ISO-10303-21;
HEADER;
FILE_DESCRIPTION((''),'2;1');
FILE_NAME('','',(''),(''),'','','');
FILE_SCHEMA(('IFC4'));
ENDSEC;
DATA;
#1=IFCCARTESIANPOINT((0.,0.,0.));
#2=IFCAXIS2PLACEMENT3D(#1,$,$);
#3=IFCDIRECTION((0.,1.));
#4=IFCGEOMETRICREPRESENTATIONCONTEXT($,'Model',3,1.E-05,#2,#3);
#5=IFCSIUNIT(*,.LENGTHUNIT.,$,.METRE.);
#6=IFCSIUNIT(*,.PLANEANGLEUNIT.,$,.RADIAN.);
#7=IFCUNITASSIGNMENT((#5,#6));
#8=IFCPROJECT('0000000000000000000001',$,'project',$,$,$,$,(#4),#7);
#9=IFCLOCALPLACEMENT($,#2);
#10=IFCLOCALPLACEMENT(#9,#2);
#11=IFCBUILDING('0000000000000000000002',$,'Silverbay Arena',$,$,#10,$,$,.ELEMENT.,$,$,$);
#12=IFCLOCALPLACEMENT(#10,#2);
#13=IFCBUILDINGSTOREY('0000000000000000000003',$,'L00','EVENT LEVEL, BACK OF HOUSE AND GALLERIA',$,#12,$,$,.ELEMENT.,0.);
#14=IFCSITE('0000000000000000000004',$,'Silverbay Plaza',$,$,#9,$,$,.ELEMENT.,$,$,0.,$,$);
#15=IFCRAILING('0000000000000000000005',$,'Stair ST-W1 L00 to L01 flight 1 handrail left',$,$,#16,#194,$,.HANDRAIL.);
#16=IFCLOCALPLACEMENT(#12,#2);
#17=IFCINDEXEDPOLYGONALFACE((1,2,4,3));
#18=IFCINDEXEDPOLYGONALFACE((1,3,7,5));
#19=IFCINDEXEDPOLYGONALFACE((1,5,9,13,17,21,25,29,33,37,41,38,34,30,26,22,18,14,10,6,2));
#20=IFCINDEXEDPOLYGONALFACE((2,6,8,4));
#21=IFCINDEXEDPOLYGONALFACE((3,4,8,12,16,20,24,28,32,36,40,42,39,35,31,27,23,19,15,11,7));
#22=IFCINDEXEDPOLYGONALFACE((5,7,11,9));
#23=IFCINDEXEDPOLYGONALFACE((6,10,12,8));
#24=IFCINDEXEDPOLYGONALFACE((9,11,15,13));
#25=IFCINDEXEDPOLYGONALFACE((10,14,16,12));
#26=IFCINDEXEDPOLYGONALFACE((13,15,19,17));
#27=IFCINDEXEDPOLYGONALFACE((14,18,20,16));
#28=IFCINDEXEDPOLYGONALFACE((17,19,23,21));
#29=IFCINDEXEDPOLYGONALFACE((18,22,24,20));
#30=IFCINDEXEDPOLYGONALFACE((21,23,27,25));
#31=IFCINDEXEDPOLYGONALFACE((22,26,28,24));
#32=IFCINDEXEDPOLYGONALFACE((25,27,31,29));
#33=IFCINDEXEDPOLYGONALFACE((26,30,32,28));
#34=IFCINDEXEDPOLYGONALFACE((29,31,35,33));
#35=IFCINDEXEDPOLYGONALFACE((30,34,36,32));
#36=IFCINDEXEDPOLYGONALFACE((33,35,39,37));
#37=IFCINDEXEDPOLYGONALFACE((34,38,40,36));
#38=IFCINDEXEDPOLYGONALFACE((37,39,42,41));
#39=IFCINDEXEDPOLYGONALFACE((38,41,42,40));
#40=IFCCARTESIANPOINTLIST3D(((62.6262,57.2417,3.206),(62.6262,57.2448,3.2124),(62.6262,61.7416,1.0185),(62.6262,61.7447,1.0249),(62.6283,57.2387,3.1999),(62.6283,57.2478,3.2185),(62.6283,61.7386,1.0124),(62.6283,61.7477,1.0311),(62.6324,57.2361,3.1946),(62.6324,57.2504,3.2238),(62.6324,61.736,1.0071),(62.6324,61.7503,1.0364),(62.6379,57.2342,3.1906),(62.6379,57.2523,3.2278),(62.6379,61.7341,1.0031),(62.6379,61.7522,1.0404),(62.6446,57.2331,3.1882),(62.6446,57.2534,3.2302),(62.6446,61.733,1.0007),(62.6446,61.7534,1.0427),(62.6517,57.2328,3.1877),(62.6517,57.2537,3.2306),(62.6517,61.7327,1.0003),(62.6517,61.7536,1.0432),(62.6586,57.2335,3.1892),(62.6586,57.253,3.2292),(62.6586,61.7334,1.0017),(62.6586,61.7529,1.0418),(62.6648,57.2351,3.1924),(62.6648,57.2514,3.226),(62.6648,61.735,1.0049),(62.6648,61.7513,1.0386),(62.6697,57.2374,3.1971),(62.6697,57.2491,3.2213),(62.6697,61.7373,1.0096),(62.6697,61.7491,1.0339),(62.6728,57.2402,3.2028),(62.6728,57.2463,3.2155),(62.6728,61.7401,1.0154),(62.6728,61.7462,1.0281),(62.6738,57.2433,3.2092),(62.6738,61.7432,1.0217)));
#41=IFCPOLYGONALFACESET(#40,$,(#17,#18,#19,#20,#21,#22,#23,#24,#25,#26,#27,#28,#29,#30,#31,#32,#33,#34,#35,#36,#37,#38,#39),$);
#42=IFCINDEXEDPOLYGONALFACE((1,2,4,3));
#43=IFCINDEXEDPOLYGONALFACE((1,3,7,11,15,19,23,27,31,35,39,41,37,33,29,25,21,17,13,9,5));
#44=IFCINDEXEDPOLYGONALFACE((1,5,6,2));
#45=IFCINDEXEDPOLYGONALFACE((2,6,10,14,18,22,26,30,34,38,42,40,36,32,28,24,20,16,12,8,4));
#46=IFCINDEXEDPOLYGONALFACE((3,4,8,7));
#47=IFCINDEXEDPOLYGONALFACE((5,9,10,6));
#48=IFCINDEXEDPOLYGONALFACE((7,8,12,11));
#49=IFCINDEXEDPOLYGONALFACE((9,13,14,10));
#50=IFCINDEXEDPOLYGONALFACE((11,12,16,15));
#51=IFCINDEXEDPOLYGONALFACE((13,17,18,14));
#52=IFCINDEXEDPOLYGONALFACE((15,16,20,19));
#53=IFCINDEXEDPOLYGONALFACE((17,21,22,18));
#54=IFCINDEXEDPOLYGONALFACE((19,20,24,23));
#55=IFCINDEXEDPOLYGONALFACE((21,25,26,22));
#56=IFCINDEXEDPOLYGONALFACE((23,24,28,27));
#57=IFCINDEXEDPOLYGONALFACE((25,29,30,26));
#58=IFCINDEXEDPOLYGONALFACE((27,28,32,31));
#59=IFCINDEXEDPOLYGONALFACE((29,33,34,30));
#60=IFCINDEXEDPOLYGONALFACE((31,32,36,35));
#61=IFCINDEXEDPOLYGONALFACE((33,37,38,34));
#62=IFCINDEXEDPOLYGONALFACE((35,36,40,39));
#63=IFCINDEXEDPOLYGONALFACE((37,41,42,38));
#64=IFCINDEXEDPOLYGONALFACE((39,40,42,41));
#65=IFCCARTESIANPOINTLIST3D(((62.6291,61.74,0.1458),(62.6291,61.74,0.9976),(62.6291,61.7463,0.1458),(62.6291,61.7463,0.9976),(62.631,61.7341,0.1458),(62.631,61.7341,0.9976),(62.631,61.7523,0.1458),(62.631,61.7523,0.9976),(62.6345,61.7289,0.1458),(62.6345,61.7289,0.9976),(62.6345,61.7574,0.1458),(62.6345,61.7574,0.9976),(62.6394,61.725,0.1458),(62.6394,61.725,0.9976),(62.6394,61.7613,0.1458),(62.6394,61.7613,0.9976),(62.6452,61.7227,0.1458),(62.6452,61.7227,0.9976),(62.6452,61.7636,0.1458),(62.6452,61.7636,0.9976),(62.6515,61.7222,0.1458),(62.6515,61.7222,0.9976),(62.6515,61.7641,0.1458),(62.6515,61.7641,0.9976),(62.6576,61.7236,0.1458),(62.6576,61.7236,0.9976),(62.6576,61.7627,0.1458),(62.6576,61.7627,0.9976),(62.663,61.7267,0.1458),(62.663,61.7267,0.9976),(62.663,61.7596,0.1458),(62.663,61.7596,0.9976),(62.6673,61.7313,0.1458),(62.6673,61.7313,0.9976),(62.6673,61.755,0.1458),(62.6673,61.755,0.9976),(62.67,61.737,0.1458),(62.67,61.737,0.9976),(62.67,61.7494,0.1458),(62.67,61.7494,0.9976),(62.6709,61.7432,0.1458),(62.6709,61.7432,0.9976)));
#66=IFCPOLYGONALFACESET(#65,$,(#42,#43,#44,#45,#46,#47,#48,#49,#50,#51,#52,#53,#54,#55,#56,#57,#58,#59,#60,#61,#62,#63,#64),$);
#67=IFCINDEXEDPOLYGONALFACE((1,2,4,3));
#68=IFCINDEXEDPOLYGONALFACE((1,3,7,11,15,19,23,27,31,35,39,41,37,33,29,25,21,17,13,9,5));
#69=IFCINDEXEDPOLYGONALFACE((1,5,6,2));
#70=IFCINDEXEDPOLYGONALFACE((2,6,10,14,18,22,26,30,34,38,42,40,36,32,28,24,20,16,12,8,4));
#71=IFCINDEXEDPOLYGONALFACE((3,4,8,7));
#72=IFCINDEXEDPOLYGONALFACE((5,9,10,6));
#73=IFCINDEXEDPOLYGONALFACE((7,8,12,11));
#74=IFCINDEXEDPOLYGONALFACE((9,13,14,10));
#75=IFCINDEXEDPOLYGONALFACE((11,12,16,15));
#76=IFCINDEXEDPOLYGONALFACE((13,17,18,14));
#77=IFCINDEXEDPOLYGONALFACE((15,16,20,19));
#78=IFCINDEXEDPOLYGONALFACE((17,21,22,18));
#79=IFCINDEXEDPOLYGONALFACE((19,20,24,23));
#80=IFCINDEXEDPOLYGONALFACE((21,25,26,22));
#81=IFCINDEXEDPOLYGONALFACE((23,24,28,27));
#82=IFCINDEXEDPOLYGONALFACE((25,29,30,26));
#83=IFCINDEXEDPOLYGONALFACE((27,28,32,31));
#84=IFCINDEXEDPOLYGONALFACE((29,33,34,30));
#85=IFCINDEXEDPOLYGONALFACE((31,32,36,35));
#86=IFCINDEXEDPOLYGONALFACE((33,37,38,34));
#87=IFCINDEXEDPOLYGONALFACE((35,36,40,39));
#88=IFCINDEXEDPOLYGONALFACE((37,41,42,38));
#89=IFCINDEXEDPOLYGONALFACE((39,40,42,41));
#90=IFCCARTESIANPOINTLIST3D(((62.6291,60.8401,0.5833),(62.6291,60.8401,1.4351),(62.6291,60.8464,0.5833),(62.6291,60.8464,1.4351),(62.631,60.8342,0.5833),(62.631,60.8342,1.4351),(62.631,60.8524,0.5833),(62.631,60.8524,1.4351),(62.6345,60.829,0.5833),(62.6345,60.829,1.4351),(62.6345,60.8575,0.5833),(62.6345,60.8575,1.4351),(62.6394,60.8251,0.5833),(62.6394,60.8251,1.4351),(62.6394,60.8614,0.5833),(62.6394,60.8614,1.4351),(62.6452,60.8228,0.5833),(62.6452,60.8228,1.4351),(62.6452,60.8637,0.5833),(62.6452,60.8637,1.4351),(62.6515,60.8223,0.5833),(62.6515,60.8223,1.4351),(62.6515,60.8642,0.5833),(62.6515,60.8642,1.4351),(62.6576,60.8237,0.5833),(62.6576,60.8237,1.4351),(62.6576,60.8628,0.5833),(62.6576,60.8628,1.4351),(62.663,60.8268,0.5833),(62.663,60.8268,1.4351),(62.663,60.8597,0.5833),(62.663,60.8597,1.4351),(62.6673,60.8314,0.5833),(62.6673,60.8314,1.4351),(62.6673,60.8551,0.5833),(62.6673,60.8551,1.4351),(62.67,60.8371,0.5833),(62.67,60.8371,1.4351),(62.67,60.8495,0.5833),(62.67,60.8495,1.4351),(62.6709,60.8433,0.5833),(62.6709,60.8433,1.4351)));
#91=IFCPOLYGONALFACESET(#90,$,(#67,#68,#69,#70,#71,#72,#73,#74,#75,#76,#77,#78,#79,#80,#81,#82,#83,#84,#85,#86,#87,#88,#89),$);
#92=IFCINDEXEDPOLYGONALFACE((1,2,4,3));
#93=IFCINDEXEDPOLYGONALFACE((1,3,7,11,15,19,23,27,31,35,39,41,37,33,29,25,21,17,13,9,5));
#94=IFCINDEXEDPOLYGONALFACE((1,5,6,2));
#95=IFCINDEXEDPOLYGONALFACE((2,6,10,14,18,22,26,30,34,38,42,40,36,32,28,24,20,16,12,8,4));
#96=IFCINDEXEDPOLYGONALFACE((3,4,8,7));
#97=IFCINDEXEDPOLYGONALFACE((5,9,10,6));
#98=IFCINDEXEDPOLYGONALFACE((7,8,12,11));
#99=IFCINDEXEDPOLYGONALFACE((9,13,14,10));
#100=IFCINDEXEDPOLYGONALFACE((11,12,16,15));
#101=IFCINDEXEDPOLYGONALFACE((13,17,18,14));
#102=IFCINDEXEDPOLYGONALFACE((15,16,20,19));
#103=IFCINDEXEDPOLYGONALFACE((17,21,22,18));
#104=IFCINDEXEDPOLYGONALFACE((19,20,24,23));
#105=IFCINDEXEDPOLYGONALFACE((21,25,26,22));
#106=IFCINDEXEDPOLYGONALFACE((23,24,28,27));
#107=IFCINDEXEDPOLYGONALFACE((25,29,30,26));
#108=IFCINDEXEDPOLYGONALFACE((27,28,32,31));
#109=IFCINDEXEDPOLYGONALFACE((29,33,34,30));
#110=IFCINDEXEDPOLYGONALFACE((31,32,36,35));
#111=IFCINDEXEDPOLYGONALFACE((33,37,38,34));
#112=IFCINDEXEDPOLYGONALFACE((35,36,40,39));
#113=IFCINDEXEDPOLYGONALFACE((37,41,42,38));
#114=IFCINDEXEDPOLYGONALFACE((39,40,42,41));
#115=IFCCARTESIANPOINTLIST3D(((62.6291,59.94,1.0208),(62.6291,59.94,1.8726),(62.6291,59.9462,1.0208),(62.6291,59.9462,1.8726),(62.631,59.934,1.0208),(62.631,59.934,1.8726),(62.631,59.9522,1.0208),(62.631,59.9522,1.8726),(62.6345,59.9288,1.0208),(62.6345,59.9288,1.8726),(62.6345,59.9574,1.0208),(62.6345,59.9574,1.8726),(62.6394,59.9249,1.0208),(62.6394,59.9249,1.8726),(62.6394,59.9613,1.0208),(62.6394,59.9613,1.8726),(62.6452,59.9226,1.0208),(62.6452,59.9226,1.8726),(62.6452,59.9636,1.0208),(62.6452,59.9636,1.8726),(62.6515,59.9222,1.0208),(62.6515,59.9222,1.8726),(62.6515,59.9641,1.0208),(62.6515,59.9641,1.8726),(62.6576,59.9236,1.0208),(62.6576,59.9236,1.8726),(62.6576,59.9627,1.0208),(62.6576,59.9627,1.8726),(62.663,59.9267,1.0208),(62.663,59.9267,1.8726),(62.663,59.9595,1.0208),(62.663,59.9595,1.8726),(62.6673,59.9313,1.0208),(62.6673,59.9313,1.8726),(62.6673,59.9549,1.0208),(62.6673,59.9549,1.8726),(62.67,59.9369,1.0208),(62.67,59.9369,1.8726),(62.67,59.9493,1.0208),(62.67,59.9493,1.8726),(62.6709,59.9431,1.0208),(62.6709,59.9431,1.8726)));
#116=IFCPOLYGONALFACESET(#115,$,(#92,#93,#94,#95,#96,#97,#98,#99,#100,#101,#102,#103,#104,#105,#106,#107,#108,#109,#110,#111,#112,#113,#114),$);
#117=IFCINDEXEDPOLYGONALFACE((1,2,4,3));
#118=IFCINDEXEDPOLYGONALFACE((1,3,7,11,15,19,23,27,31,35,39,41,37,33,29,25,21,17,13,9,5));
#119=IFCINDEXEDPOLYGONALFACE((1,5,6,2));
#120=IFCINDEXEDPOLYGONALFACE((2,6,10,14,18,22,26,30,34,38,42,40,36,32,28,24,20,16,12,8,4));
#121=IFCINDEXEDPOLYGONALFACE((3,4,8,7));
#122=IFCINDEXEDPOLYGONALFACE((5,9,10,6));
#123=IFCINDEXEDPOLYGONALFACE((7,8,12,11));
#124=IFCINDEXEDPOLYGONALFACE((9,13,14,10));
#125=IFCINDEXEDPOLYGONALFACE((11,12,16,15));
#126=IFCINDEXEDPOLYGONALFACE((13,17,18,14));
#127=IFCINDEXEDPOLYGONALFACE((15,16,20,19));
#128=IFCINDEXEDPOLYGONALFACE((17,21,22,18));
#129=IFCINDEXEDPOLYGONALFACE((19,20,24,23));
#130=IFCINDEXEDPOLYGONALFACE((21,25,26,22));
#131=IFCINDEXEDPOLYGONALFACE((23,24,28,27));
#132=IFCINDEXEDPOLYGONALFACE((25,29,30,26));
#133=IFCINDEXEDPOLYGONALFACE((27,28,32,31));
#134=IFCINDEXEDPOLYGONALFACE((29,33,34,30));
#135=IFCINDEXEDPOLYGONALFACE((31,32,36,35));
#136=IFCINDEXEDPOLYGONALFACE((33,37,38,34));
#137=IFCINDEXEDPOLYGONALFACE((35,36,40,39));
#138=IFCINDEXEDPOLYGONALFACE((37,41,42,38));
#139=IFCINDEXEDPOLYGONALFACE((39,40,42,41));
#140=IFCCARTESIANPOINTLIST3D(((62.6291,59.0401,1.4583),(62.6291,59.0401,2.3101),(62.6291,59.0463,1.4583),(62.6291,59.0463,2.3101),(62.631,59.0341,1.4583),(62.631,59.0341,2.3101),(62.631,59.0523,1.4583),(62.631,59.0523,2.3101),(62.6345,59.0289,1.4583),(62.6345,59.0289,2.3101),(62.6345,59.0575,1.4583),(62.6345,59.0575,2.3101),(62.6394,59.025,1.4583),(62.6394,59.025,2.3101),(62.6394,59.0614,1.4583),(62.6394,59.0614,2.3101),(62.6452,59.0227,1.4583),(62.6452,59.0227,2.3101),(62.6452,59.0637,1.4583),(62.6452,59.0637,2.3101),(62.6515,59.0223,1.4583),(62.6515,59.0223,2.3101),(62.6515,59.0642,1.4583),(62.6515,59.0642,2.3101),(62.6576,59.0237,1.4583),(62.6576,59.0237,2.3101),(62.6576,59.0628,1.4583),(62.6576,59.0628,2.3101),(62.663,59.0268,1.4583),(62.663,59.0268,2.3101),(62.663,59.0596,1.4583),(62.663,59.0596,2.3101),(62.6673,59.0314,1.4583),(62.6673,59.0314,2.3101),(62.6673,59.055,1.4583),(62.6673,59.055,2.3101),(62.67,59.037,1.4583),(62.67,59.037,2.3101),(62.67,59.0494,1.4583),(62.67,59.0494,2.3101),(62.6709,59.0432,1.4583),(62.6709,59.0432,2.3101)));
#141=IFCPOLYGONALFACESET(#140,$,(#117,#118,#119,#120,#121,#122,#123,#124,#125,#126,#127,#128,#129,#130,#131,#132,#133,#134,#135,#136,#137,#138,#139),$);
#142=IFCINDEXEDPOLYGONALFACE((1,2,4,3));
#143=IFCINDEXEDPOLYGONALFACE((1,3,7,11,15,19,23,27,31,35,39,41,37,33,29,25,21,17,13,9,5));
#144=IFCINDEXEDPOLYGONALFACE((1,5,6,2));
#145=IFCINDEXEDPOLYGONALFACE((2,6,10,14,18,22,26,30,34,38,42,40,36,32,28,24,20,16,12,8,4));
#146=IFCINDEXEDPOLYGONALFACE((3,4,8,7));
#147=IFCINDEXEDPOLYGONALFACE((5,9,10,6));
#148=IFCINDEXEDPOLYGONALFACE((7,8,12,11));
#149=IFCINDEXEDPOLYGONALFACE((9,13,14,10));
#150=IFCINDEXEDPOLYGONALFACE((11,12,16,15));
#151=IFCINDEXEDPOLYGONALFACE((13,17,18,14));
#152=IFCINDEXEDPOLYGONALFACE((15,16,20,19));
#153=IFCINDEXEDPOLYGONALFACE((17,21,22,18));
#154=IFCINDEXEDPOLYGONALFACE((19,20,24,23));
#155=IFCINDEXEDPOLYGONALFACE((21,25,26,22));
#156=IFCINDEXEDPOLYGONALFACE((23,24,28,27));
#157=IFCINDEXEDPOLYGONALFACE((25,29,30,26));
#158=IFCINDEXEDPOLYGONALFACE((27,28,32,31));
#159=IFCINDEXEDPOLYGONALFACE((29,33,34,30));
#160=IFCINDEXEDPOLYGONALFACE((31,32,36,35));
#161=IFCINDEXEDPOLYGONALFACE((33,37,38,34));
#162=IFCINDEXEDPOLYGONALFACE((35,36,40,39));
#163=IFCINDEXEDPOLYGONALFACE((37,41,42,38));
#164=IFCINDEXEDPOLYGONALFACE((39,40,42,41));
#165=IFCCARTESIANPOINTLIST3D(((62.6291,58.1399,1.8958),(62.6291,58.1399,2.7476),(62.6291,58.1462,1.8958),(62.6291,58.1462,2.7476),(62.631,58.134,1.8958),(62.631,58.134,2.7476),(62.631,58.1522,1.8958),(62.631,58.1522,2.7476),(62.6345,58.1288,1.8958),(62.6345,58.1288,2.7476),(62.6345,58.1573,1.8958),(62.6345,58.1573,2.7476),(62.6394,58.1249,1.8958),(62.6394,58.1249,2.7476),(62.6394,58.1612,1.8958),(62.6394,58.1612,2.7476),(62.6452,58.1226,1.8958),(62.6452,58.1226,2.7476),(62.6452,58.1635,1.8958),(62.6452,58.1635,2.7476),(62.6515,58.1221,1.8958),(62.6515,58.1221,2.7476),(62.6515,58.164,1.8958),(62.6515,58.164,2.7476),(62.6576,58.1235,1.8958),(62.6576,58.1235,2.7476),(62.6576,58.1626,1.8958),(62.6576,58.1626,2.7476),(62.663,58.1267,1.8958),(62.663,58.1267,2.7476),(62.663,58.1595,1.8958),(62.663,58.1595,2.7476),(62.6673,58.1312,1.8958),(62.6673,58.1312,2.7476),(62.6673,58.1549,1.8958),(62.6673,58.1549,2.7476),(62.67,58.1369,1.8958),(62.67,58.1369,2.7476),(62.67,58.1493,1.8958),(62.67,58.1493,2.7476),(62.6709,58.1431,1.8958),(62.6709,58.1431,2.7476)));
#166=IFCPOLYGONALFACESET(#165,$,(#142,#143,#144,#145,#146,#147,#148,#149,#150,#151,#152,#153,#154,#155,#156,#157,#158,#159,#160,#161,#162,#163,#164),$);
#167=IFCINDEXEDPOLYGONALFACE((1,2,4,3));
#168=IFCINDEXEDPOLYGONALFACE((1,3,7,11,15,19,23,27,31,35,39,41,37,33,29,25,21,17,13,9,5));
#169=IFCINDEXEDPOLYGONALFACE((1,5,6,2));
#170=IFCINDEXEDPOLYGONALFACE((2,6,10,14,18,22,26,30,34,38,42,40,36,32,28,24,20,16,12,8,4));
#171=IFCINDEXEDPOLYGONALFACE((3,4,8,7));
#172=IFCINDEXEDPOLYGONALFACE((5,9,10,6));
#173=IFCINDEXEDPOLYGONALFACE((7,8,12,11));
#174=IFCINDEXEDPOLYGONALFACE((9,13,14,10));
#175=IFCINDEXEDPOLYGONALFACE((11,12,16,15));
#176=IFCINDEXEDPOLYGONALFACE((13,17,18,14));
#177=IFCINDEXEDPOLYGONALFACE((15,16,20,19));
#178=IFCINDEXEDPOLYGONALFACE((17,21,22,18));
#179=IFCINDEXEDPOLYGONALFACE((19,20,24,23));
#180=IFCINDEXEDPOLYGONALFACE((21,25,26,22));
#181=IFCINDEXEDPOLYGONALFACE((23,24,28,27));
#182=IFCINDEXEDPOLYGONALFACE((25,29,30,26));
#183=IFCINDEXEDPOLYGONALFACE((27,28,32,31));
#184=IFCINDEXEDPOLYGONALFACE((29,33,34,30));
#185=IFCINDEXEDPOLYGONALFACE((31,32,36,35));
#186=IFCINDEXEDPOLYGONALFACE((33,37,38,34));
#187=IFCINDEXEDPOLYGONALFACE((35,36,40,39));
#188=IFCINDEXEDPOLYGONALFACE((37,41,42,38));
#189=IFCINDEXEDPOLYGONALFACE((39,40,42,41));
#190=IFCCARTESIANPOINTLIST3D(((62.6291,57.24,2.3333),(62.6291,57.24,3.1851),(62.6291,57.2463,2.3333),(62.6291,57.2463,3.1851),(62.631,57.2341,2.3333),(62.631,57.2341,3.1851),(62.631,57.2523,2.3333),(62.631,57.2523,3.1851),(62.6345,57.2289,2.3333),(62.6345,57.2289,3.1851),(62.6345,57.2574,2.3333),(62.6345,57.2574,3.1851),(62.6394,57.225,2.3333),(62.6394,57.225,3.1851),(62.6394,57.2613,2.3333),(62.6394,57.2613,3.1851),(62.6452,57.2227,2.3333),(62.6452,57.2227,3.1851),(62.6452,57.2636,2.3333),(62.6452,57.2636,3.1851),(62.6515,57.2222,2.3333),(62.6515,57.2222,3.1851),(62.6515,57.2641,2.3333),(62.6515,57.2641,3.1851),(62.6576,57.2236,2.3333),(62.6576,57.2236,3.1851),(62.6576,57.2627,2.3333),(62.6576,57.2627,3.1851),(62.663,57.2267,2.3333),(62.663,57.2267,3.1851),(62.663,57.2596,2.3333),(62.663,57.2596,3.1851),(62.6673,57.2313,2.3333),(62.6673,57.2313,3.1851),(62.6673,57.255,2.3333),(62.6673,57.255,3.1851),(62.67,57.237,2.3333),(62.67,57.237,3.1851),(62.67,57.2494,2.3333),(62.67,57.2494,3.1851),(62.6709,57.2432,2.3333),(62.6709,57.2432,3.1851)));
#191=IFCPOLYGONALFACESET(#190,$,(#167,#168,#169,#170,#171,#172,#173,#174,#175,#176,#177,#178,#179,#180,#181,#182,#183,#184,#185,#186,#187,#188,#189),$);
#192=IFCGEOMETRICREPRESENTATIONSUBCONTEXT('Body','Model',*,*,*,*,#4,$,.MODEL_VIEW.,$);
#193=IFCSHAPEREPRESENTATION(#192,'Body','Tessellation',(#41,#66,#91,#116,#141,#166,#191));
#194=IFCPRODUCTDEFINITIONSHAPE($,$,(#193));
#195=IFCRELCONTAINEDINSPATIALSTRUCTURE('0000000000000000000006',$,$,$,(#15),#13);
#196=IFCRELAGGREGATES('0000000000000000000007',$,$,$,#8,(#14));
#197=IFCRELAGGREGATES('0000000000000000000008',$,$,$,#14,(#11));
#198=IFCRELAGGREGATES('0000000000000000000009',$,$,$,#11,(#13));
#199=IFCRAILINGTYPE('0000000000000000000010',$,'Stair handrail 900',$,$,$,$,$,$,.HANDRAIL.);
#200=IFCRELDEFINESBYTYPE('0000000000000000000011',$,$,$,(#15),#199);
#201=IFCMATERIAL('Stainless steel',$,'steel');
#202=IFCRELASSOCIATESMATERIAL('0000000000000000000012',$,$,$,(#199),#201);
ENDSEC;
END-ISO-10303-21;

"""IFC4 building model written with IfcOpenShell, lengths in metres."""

from ifc_helpers import new_model, si_unit, direction, frame, origin, origin_2d, place, context, subcontext, project, spatial, circle, extrude, material, type_object, element, save


model = new_model("IFC4")

# Units and contexts
model_context = context("Model", 3, precision=1e-05, world=origin(), true_north=direction((0.0, 1.0)))
body_context = subcontext(model_context, "Body", "Model", "MODEL_VIEW")
ifc_project = project(units=[si_unit("LENGTHUNIT", "METRE"), si_unit("PLANEANGLEUNIT", "RADIAN")], contexts=[model_context])

# Site, building, storey
site_placement = place(None, origin())
site = spatial("IfcSite", under=ifc_project, at=site_placement, Name="Silverbay Plaza", CompositionType="ELEMENT", RefElevation=0.0)
building_placement = place(site_placement, origin())
building = spatial("IfcBuilding", under=site, at=building_placement, Name="Silverbay Arena", CompositionType="ELEMENT")
storey_placement = place(building_placement, origin())
storey = spatial("IfcBuildingStorey", under=building, at=storey_placement, Name="L00", Description="EVENT LEVEL, BACK OF HOUSE AND GALLERIA", CompositionType="ELEMENT", Elevation=0.0)

# Railing
ifc_material_1 = material(Name="Stainless steel", Category="steel")
railing_type_1 = type_object("IfcRailingType", Name="Stair handrail 900", PredefinedType="HANDRAIL", material=ifc_material_1)
for number, where, name in (
    (1, (62.6499, 61.7432, 0.1458), "Stair ST-W1 L00 to L01 flight 1 handrail left"),
):
    element("IfcRailing", number, at=place(storey_placement, frame(where)), inside=storey, type_object=railing_type_1, Name=name, PredefinedType="HANDRAIL", context=body_context, shape_type="SweptSolid", body=[
        extrude(circle(Radius=0.0239, at=origin_2d()), frame((0.0, 0.0, 0.876), z_axis=(0.0, -0.899368, 0.437193), x_axis=(1.0, 0.0, 0.0)), (0.0, 0.0, 1.0), 5.0034),
        extrude(circle(Radius=0.021, at=origin_2d()), origin(), (0.0, 0.0, 1.0), 0.8518),
        extrude(circle(Radius=0.021, at=origin_2d()), frame((0.0, -0.8999, 0.4375)), (0.0, 0.0, 1.0), 0.8518),
        extrude(circle(Radius=0.021, at=origin_2d()), frame((0.0, -1.8, 0.875)), (0.0, 0.0, 1.0), 0.8518),
        extrude(circle(Radius=0.021, at=origin_2d()), frame((0.0, -2.7, 1.3125)), (0.0, 0.0, 1.0), 0.8518),
        extrude(circle(Radius=0.021, at=origin_2d()), frame((0.0, -3.6001, 1.75)), (0.0, 0.0, 1.0), 0.8518),
        extrude(circle(Radius=0.021, at=origin_2d()), frame((0.0, -4.5, 2.1875)), (0.0, 0.0, 1.0), 0.8518),
    ])

save(model, "model.ifc")
